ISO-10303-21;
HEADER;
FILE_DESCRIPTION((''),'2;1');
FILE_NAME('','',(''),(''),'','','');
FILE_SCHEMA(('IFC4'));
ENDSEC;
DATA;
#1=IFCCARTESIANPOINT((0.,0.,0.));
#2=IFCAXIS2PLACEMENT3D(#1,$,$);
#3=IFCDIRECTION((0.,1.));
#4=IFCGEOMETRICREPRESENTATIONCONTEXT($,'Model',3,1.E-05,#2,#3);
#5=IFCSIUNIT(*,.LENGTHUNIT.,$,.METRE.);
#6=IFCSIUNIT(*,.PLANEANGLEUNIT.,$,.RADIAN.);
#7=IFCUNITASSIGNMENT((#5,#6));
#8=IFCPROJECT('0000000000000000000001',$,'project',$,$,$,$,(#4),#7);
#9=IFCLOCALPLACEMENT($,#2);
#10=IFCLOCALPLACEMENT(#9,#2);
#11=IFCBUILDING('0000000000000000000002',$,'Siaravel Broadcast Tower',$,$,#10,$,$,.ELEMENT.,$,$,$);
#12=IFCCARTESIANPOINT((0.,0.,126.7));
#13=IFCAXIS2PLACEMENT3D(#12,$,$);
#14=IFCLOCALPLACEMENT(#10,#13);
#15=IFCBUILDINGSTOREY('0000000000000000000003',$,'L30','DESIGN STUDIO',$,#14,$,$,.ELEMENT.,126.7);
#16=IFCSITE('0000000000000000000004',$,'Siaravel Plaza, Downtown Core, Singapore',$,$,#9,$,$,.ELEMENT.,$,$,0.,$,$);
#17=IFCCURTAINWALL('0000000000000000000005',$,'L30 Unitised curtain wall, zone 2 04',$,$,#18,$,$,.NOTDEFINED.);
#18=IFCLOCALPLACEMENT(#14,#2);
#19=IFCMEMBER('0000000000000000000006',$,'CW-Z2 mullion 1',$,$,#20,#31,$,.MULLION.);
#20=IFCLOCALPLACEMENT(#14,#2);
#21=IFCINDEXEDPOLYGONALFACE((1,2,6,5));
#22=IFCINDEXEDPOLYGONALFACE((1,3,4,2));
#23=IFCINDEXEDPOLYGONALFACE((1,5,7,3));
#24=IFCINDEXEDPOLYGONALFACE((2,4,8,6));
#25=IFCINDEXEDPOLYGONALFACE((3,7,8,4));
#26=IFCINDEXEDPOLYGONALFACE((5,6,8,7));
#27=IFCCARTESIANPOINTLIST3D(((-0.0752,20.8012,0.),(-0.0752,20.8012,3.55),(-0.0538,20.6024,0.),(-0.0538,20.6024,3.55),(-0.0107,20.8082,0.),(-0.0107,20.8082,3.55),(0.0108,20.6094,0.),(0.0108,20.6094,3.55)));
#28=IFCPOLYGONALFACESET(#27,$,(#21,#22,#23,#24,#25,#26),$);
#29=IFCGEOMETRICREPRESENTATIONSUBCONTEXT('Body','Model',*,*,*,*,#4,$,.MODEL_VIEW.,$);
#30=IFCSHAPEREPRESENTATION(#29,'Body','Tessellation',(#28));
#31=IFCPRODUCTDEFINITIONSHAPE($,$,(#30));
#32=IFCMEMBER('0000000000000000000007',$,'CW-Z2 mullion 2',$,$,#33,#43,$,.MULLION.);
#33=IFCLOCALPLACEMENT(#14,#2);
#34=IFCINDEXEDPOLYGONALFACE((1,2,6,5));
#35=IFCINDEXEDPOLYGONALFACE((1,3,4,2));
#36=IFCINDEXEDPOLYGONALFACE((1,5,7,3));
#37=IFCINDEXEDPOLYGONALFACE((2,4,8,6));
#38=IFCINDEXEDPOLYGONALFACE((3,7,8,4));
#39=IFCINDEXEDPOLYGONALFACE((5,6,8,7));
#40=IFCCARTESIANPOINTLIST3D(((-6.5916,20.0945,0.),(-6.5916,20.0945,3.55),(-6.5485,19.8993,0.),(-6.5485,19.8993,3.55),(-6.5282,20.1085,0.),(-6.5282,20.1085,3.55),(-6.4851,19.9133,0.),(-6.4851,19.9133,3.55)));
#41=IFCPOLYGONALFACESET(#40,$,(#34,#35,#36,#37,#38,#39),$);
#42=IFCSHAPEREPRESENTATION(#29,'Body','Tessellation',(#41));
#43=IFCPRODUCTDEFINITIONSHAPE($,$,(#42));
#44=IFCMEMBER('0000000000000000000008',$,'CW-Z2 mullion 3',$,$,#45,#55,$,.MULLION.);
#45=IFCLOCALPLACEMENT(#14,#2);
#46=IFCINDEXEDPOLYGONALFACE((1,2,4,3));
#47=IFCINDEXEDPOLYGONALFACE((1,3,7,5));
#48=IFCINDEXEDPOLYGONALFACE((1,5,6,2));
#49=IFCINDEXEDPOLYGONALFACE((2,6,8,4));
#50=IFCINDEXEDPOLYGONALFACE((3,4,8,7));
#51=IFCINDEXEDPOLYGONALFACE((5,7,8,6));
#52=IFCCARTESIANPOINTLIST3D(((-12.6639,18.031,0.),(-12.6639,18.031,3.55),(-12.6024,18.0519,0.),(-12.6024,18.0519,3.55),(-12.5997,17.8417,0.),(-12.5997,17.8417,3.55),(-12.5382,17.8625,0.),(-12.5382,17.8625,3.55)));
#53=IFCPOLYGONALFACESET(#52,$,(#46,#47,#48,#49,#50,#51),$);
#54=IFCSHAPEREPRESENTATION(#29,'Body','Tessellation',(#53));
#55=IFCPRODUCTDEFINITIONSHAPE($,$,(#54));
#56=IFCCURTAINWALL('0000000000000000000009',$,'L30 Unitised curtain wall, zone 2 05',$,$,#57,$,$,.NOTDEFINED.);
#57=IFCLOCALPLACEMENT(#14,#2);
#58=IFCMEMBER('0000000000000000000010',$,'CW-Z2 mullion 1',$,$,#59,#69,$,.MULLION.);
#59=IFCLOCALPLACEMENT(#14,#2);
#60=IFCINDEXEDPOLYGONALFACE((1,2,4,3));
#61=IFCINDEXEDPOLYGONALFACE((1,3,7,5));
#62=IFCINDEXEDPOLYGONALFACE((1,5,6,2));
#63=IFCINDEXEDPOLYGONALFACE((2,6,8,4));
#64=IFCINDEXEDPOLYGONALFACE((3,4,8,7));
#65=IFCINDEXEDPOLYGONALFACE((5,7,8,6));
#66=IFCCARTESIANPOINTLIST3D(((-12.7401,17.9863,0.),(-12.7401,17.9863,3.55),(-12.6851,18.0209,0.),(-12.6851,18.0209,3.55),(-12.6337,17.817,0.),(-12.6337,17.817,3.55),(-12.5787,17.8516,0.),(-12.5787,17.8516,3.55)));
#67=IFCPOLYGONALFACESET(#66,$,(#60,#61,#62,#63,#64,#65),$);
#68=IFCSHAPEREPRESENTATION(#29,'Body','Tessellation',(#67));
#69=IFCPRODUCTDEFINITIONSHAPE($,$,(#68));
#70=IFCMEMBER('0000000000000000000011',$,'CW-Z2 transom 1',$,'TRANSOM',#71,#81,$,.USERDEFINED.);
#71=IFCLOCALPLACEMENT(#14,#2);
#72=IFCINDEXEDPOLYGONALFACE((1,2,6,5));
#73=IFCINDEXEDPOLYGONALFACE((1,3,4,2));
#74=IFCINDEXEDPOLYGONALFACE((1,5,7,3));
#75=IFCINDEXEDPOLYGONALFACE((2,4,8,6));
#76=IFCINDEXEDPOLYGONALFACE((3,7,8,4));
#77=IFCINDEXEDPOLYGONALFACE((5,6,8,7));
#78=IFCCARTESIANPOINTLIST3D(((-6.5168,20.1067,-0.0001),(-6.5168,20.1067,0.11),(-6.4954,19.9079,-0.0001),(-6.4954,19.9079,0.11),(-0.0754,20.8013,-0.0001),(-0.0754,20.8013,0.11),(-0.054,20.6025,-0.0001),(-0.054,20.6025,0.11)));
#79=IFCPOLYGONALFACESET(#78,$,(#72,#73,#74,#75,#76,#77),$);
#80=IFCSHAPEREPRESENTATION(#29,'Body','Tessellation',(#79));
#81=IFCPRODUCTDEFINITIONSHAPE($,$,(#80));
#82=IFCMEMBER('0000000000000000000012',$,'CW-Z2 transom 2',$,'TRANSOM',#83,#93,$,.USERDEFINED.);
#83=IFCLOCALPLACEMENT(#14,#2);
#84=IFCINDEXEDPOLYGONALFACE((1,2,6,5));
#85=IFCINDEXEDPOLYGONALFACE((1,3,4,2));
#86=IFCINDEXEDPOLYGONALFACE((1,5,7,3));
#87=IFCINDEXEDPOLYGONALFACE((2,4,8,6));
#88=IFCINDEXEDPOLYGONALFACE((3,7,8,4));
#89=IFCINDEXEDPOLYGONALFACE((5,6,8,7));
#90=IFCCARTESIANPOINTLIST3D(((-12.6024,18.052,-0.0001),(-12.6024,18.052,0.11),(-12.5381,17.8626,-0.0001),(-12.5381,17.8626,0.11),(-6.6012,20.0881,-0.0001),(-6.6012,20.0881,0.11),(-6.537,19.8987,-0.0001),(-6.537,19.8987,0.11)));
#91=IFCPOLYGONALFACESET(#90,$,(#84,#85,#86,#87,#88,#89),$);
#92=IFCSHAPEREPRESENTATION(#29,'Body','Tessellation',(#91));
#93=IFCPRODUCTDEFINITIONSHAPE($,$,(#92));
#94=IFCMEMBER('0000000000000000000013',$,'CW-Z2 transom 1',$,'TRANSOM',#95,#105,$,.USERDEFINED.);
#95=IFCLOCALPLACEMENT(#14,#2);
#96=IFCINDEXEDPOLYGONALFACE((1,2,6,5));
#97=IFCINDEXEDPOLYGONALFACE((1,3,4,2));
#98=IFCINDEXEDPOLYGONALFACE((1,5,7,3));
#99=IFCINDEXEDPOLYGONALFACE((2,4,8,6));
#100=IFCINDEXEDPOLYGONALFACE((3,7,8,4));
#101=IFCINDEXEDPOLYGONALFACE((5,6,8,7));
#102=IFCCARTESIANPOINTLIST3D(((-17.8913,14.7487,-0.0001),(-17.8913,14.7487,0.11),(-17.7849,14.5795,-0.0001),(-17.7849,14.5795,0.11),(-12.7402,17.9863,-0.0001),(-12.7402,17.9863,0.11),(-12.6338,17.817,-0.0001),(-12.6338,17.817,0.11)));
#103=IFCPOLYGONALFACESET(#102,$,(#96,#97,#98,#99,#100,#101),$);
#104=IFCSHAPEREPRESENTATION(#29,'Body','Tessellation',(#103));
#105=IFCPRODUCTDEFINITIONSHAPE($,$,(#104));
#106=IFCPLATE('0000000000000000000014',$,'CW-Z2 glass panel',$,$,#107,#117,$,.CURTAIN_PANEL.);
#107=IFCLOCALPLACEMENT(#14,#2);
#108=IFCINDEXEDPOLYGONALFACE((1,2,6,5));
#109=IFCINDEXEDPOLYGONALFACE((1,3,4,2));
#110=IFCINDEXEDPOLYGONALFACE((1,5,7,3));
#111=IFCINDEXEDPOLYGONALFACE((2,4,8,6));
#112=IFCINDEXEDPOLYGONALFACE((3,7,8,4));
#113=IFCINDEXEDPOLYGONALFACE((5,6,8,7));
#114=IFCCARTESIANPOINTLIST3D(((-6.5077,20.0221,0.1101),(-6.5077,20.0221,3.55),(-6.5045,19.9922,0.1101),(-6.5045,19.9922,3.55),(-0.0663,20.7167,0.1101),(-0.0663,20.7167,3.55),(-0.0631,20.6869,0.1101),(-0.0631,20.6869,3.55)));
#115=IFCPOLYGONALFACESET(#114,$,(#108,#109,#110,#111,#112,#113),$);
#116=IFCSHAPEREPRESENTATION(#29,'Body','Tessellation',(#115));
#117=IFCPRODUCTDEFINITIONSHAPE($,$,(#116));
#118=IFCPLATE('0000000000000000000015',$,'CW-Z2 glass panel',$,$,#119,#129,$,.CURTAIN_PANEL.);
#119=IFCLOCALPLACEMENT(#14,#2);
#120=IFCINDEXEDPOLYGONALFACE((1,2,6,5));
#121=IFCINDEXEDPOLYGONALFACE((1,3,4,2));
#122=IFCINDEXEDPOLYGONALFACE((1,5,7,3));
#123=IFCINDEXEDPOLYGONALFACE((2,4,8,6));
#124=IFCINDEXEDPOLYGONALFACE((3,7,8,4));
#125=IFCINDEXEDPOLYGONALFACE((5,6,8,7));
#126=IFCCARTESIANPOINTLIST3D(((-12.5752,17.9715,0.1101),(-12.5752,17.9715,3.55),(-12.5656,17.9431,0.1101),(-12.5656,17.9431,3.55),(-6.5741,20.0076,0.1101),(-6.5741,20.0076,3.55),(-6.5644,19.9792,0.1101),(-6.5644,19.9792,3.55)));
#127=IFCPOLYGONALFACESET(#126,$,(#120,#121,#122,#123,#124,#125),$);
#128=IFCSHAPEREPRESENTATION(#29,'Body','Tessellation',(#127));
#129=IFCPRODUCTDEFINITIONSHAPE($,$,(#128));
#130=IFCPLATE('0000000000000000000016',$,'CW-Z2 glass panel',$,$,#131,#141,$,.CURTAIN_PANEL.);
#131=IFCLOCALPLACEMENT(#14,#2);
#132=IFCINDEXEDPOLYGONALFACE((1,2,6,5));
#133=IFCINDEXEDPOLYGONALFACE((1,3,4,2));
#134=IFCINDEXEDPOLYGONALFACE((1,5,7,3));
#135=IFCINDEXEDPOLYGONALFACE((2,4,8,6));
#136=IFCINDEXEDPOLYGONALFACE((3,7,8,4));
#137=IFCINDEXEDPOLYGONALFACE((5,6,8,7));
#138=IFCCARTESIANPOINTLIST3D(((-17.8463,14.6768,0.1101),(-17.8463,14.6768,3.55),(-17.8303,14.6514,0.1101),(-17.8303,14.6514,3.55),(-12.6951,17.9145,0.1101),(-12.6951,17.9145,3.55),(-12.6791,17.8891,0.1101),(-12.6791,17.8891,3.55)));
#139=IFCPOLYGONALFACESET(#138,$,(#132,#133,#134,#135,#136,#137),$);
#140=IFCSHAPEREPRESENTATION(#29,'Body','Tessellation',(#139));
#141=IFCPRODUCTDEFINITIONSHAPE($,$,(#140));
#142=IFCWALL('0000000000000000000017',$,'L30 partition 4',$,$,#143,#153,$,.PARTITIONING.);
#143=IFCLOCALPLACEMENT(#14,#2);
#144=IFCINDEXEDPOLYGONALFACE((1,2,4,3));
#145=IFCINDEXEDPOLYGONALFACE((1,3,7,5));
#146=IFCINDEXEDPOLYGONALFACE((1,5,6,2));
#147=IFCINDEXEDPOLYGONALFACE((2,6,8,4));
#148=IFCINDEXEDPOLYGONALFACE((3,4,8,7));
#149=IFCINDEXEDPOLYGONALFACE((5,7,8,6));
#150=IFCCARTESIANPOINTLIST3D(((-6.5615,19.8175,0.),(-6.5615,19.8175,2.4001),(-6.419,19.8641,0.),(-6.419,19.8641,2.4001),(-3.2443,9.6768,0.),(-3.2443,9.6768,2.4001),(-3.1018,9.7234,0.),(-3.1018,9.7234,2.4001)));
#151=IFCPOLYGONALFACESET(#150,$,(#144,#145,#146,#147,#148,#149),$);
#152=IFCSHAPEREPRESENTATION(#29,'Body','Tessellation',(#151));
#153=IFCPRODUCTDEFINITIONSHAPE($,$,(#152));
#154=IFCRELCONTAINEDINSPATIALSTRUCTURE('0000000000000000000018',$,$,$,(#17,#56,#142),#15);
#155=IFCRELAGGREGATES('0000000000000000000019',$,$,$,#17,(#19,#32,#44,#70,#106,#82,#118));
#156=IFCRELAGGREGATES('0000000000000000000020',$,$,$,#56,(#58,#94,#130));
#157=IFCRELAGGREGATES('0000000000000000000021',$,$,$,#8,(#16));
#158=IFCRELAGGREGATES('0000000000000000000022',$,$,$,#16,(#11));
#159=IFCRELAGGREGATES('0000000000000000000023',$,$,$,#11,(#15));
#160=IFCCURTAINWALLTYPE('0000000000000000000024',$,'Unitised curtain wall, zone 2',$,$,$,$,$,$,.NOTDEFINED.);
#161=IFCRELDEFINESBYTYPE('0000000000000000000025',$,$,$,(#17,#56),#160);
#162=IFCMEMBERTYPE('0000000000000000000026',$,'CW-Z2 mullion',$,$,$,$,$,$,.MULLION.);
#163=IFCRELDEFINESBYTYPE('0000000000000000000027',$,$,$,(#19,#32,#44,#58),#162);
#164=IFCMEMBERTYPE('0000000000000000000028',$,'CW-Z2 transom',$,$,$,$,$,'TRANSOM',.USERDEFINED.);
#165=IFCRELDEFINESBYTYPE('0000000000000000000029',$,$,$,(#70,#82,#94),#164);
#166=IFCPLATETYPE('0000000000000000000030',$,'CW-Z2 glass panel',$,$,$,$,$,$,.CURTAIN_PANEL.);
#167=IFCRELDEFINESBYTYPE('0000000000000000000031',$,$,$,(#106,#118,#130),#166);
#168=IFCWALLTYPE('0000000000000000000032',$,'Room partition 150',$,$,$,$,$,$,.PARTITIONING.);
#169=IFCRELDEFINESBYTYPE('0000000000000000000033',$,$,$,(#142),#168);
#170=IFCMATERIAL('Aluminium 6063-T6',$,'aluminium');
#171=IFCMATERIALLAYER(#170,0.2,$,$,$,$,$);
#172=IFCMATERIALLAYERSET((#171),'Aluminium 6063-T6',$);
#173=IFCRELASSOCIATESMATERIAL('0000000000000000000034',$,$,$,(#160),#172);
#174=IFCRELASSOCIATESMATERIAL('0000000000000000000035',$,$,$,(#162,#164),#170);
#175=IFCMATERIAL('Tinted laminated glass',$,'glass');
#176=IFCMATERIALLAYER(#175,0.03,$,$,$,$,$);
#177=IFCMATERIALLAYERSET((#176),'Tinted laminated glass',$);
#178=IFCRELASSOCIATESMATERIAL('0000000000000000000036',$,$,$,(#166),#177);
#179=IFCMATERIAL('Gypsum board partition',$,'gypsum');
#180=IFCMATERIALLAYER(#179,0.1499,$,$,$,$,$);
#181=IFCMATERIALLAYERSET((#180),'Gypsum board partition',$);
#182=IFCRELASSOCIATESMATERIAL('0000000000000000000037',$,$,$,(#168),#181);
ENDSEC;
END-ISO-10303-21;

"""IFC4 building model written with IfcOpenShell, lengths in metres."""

from ifc_helpers import new_model, si_unit, direction, frame, frame_2d, origin, origin_2d, place, context, subcontext, project, spatial, rectangle, extrude, material, layer, layer_set, material_profile, profile_set, type_object, element, aggregate, save


model = new_model("IFC4")

# Units and contexts
model_context = context("Model", 3, precision=1e-05, world=origin(), true_north=direction((0.0, 1.0)))
body_context = subcontext(model_context, "Body", "Model", "MODEL_VIEW")
ifc_project = project(units=[si_unit("LENGTHUNIT", "METRE"), si_unit("PLANEANGLEUNIT", "RADIAN")], contexts=[model_context])

# Site, building, storey
site_placement = place(None, origin())
site = spatial("IfcSite", under=ifc_project, at=site_placement, Name="Siaravel Plaza, Downtown Core, Singapore", CompositionType="ELEMENT", RefElevation=0.0)
building_placement = place(site_placement, origin())
building = spatial("IfcBuilding", under=site, at=building_placement, Name="Siaravel Broadcast Tower", CompositionType="ELEMENT")
storey_placement = place(building_placement, frame((0.0, 0.0, 126.7)))
storey = spatial("IfcBuildingStorey", under=building, at=storey_placement, Name="L30", Description="DESIGN STUDIO", CompositionType="ELEMENT", Elevation=126.7)

# Curtain wall, members
ifc_material_1 = material(Name="Aluminium 6063-T6", Category="aluminium")
ifc_layer_1 = layer(ifc_material_1, 0.2)
ifc_layer_set_1 = layer_set([ifc_layer_1], Name="Aluminium 6063-T6")
curtain_wall_type = type_object("IfcCurtainWallType", Name="Unitised curtain wall, zone 2", PredefinedType="NOTDEFINED", material=ifc_layer_set_1)
curtain_wall_1_placement = place(storey_placement, origin())
curtain_wall_1 = element("IfcCurtainWall", 1, at=curtain_wall_1_placement, inside=storey, type_object=curtain_wall_type, Name="L30 Unitised curtain wall, zone 2 04", PredefinedType="NOTDEFINED")
ifc_material_profile_1 = material_profile(ifc_material_1, rectangle(XDim=0.2, YDim=0.0649, at=origin_2d()))
ifc_profile_set_1 = profile_set([ifc_material_profile_1], Name="Aluminium 6063-T6")
member_type_1 = type_object("IfcMemberType", Name="CW-Z2 mullion", PredefinedType="MULLION", material=ifc_profile_set_1)
member_1_placement = place(storey_placement, frame((-0.0322, 20.7053, 0.0), z_axis=(0.0, 0.0, 1.0), x_axis=(0.107217, -0.994236, 0.0)))
member_1 = element("IfcMember", 2, at=member_1_placement, type_object=member_type_1, Name="CW-Z2 mullion 1", PredefinedType="MULLION", context=body_context, shape_type="SweptSolid", body=[
    extrude(rectangle(XDim=0.2, YDim=0.0649, at=origin_2d()), origin(), (0.0, 0.0, 1.0), 3.55),
])
member_2_placement = place(storey_placement, frame((-6.5383, 20.0039, 0.0), z_axis=(0.0, 0.0, 1.0), x_axis=(0.215558, -0.976491, 0.0)))
member_2 = element("IfcMember", 3, at=member_2_placement, type_object=member_type_1, Name="CW-Z2 mullion 2", PredefinedType="MULLION", context=body_context, shape_type="SweptSolid", body=[
    extrude(rectangle(XDim=0.2, YDim=0.0649, at=origin_2d()), origin(), (0.0, 0.0, 1.0), 3.55),
])
member_3_placement = place(storey_placement, frame((-12.6011, 17.9468, 0.0), z_axis=(0.0, 0.0, 1.0), x_axis=(0.321301, -0.946977, 0.0)))
member_3 = element("IfcMember", 4, at=member_3_placement, type_object=member_type_1, Name="CW-Z2 mullion 3", PredefinedType="MULLION", context=body_context, shape_type="SweptSolid", body=[
    extrude(rectangle(XDim=0.2, YDim=0.0649, at=origin_2d()), origin(), (0.0, 0.0, 1.0), 3.55),
])

# Curtain wall, member
curtain_wall_2_placement = place(storey_placement, origin())
curtain_wall_2 = element("IfcCurtainWall", 5, at=curtain_wall_2_placement, inside=storey, type_object=curtain_wall_type, Name="L30 Unitised curtain wall, zone 2 05", PredefinedType="NOTDEFINED")
member_4_placement = place(storey_placement, frame((-12.6594, 17.9189, 0.0), z_axis=(0.0, 0.0, 1.0), x_axis=(0.532149, -0.846651, 0.0)))
member_4 = element("IfcMember", 6, at=member_4_placement, type_object=member_type_1, Name="CW-Z2 mullion 1", PredefinedType="MULLION", context=body_context, shape_type="SweptSolid", body=[
    extrude(rectangle(XDim=0.2, YDim=0.0649, at=origin_2d()), origin(), (0.0, 0.0, 1.0), 3.55),
])

# Members
ifc_material_profile_2 = material_profile(ifc_material_1, rectangle(XDim=0.2, YDim=0.1101, at=origin_2d()))
ifc_profile_set_2 = profile_set([ifc_material_profile_2], Name="Aluminium 6063-T6")
member_type_2 = type_object("IfcMemberType", Name="CW-Z2 transom", ElementType="TRANSOM", PredefinedType="USERDEFINED", material=ifc_profile_set_2)
member_5_placement = place(storey_placement, frame((-0.0647, 20.7019, 0.0549), z_axis=(-0.994237, -0.107209, 0.0), x_axis=(0.107209, -0.994237, 0.0)))
member_5 = element("IfcMember", 7, at=member_5_placement, type_object=member_type_2, Name="CW-Z2 transom 1", ObjectType="TRANSOM", PredefinedType="USERDEFINED", context=body_context, shape_type="SweptSolid", body=[
    extrude(rectangle(XDim=0.2, YDim=0.1101, at=origin_2d()), origin(), (0.0, 0.0, 1.0), 6.4788),
])
member_6_placement = place(storey_placement, frame((-6.5691, 19.9934, 0.0549), z_axis=(-0.946978, -0.321297, 0.0), x_axis=(0.321297, -0.946978, 0.0)))
member_6 = element("IfcMember", 8, at=member_6_placement, type_object=member_type_2, Name="CW-Z2 transom 2", ObjectType="TRANSOM", PredefinedType="USERDEFINED", context=body_context, shape_type="SweptSolid", body=[
    extrude(rectangle(XDim=0.2, YDim=0.1101, at=origin_2d()), origin(), (0.0, 0.0, 1.0), 6.3372),
])
member_7_placement = place(storey_placement, frame((-12.687, 17.9016, 0.0549), z_axis=(-0.846659, -0.532136, 0.0), x_axis=(0.532136, -0.846659, 0.0)))
member_7 = element("IfcMember", 9, at=member_7_placement, type_object=member_type_2, Name="CW-Z2 transom 1", ObjectType="TRANSOM", PredefinedType="USERDEFINED", context=body_context, shape_type="SweptSolid", body=[
    extrude(rectangle(XDim=0.2, YDim=0.1101, at=origin_2d()), origin(), (0.0, 0.0, 1.0), 6.084),
])

# Plates
ifc_material_2 = material(Name="Tinted laminated glass", Category="glass")
ifc_layer_2 = layer(ifc_material_2, 0.03)
ifc_layer_set_2 = layer_set([ifc_layer_2], Name="Tinted laminated glass")
plate_type = type_object("IfcPlateType", Name="CW-Z2 glass panel", PredefinedType="CURTAIN_PANEL", material=ifc_layer_set_2)
plate_1_placement = place(storey_placement, frame((-3.2854, 20.3545, 0.1101), z_axis=(0.0, 0.0, 1.0), x_axis=(-0.994236, -0.107217, 0.0)))
plate_1 = element("IfcPlate", 10, at=plate_1_placement, type_object=plate_type, Name="CW-Z2 glass panel", PredefinedType="CURTAIN_PANEL", context=body_context, shape_type="SweptSolid", body=[
    extrude(rectangle(XDim=6.4788, YDim=0.03, at=origin_2d()), origin(), (0.0, 0.0, 1.0), 3.4399),
])
plate_2_placement = place(storey_placement, frame((-9.5698, 18.9753, 0.1101), z_axis=(0.0, 0.0, 1.0), x_axis=(-0.946977, -0.321301, 0.0)))
plate_2 = element("IfcPlate", 11, at=plate_2_placement, type_object=plate_type, Name="CW-Z2 glass panel", PredefinedType="CURTAIN_PANEL", context=body_context, shape_type="SweptSolid", body=[
    extrude(rectangle(XDim=6.3372, YDim=0.03, at=origin_2d()), origin(), (0.0, 0.0, 1.0), 3.4399),
])
aggregate(curtain_wall_1, [member_1, member_2, member_3, member_5, plate_1, member_6, plate_2])
plate_3_placement = place(storey_placement, frame((-15.2627, 16.283, 0.1101), z_axis=(0.0, 0.0, 1.0), x_axis=(-0.846651, -0.532149, 0.0)))
plate_3 = element("IfcPlate", 12, at=plate_3_placement, type_object=plate_type, Name="CW-Z2 glass panel", PredefinedType="CURTAIN_PANEL", context=body_context, shape_type="SweptSolid", body=[
    extrude(rectangle(XDim=6.0842, YDim=0.03, at=origin_2d()), origin(), (0.0, 0.0, 1.0), 3.4399),
])
aggregate(curtain_wall_2, [member_4, member_7, plate_3])

# Wall
ifc_material_3 = material(Name="Gypsum board partition", Category="gypsum")
ifc_layer_3 = layer(ifc_material_3, 0.1499)
ifc_layer_set_3 = layer_set([ifc_layer_3], Name="Gypsum board partition")
wall_type = type_object("IfcWallType", Name="Room partition 150", PredefinedType="PARTITIONING", material=ifc_layer_set_3)
wall_placement = place(storey_placement, frame((-6.4902, 19.8408, 0.0), z_axis=(0.0, 0.0, 1.0), x_axis=(0.310903, -0.950442, 0.0)))
element("IfcWall", 13, at=wall_placement, inside=storey, type_object=wall_type, Name="L30 partition 4", PredefinedType="PARTITIONING", context=body_context, shape_type="SweptSolid", body=[
    extrude(rectangle(XDim=10.6694, YDim=0.1499, at=frame_2d((5.3347, 0.0))), origin(), (0.0, 0.0, 1.0), 2.4001),
])

save(model, "model.ifc")
